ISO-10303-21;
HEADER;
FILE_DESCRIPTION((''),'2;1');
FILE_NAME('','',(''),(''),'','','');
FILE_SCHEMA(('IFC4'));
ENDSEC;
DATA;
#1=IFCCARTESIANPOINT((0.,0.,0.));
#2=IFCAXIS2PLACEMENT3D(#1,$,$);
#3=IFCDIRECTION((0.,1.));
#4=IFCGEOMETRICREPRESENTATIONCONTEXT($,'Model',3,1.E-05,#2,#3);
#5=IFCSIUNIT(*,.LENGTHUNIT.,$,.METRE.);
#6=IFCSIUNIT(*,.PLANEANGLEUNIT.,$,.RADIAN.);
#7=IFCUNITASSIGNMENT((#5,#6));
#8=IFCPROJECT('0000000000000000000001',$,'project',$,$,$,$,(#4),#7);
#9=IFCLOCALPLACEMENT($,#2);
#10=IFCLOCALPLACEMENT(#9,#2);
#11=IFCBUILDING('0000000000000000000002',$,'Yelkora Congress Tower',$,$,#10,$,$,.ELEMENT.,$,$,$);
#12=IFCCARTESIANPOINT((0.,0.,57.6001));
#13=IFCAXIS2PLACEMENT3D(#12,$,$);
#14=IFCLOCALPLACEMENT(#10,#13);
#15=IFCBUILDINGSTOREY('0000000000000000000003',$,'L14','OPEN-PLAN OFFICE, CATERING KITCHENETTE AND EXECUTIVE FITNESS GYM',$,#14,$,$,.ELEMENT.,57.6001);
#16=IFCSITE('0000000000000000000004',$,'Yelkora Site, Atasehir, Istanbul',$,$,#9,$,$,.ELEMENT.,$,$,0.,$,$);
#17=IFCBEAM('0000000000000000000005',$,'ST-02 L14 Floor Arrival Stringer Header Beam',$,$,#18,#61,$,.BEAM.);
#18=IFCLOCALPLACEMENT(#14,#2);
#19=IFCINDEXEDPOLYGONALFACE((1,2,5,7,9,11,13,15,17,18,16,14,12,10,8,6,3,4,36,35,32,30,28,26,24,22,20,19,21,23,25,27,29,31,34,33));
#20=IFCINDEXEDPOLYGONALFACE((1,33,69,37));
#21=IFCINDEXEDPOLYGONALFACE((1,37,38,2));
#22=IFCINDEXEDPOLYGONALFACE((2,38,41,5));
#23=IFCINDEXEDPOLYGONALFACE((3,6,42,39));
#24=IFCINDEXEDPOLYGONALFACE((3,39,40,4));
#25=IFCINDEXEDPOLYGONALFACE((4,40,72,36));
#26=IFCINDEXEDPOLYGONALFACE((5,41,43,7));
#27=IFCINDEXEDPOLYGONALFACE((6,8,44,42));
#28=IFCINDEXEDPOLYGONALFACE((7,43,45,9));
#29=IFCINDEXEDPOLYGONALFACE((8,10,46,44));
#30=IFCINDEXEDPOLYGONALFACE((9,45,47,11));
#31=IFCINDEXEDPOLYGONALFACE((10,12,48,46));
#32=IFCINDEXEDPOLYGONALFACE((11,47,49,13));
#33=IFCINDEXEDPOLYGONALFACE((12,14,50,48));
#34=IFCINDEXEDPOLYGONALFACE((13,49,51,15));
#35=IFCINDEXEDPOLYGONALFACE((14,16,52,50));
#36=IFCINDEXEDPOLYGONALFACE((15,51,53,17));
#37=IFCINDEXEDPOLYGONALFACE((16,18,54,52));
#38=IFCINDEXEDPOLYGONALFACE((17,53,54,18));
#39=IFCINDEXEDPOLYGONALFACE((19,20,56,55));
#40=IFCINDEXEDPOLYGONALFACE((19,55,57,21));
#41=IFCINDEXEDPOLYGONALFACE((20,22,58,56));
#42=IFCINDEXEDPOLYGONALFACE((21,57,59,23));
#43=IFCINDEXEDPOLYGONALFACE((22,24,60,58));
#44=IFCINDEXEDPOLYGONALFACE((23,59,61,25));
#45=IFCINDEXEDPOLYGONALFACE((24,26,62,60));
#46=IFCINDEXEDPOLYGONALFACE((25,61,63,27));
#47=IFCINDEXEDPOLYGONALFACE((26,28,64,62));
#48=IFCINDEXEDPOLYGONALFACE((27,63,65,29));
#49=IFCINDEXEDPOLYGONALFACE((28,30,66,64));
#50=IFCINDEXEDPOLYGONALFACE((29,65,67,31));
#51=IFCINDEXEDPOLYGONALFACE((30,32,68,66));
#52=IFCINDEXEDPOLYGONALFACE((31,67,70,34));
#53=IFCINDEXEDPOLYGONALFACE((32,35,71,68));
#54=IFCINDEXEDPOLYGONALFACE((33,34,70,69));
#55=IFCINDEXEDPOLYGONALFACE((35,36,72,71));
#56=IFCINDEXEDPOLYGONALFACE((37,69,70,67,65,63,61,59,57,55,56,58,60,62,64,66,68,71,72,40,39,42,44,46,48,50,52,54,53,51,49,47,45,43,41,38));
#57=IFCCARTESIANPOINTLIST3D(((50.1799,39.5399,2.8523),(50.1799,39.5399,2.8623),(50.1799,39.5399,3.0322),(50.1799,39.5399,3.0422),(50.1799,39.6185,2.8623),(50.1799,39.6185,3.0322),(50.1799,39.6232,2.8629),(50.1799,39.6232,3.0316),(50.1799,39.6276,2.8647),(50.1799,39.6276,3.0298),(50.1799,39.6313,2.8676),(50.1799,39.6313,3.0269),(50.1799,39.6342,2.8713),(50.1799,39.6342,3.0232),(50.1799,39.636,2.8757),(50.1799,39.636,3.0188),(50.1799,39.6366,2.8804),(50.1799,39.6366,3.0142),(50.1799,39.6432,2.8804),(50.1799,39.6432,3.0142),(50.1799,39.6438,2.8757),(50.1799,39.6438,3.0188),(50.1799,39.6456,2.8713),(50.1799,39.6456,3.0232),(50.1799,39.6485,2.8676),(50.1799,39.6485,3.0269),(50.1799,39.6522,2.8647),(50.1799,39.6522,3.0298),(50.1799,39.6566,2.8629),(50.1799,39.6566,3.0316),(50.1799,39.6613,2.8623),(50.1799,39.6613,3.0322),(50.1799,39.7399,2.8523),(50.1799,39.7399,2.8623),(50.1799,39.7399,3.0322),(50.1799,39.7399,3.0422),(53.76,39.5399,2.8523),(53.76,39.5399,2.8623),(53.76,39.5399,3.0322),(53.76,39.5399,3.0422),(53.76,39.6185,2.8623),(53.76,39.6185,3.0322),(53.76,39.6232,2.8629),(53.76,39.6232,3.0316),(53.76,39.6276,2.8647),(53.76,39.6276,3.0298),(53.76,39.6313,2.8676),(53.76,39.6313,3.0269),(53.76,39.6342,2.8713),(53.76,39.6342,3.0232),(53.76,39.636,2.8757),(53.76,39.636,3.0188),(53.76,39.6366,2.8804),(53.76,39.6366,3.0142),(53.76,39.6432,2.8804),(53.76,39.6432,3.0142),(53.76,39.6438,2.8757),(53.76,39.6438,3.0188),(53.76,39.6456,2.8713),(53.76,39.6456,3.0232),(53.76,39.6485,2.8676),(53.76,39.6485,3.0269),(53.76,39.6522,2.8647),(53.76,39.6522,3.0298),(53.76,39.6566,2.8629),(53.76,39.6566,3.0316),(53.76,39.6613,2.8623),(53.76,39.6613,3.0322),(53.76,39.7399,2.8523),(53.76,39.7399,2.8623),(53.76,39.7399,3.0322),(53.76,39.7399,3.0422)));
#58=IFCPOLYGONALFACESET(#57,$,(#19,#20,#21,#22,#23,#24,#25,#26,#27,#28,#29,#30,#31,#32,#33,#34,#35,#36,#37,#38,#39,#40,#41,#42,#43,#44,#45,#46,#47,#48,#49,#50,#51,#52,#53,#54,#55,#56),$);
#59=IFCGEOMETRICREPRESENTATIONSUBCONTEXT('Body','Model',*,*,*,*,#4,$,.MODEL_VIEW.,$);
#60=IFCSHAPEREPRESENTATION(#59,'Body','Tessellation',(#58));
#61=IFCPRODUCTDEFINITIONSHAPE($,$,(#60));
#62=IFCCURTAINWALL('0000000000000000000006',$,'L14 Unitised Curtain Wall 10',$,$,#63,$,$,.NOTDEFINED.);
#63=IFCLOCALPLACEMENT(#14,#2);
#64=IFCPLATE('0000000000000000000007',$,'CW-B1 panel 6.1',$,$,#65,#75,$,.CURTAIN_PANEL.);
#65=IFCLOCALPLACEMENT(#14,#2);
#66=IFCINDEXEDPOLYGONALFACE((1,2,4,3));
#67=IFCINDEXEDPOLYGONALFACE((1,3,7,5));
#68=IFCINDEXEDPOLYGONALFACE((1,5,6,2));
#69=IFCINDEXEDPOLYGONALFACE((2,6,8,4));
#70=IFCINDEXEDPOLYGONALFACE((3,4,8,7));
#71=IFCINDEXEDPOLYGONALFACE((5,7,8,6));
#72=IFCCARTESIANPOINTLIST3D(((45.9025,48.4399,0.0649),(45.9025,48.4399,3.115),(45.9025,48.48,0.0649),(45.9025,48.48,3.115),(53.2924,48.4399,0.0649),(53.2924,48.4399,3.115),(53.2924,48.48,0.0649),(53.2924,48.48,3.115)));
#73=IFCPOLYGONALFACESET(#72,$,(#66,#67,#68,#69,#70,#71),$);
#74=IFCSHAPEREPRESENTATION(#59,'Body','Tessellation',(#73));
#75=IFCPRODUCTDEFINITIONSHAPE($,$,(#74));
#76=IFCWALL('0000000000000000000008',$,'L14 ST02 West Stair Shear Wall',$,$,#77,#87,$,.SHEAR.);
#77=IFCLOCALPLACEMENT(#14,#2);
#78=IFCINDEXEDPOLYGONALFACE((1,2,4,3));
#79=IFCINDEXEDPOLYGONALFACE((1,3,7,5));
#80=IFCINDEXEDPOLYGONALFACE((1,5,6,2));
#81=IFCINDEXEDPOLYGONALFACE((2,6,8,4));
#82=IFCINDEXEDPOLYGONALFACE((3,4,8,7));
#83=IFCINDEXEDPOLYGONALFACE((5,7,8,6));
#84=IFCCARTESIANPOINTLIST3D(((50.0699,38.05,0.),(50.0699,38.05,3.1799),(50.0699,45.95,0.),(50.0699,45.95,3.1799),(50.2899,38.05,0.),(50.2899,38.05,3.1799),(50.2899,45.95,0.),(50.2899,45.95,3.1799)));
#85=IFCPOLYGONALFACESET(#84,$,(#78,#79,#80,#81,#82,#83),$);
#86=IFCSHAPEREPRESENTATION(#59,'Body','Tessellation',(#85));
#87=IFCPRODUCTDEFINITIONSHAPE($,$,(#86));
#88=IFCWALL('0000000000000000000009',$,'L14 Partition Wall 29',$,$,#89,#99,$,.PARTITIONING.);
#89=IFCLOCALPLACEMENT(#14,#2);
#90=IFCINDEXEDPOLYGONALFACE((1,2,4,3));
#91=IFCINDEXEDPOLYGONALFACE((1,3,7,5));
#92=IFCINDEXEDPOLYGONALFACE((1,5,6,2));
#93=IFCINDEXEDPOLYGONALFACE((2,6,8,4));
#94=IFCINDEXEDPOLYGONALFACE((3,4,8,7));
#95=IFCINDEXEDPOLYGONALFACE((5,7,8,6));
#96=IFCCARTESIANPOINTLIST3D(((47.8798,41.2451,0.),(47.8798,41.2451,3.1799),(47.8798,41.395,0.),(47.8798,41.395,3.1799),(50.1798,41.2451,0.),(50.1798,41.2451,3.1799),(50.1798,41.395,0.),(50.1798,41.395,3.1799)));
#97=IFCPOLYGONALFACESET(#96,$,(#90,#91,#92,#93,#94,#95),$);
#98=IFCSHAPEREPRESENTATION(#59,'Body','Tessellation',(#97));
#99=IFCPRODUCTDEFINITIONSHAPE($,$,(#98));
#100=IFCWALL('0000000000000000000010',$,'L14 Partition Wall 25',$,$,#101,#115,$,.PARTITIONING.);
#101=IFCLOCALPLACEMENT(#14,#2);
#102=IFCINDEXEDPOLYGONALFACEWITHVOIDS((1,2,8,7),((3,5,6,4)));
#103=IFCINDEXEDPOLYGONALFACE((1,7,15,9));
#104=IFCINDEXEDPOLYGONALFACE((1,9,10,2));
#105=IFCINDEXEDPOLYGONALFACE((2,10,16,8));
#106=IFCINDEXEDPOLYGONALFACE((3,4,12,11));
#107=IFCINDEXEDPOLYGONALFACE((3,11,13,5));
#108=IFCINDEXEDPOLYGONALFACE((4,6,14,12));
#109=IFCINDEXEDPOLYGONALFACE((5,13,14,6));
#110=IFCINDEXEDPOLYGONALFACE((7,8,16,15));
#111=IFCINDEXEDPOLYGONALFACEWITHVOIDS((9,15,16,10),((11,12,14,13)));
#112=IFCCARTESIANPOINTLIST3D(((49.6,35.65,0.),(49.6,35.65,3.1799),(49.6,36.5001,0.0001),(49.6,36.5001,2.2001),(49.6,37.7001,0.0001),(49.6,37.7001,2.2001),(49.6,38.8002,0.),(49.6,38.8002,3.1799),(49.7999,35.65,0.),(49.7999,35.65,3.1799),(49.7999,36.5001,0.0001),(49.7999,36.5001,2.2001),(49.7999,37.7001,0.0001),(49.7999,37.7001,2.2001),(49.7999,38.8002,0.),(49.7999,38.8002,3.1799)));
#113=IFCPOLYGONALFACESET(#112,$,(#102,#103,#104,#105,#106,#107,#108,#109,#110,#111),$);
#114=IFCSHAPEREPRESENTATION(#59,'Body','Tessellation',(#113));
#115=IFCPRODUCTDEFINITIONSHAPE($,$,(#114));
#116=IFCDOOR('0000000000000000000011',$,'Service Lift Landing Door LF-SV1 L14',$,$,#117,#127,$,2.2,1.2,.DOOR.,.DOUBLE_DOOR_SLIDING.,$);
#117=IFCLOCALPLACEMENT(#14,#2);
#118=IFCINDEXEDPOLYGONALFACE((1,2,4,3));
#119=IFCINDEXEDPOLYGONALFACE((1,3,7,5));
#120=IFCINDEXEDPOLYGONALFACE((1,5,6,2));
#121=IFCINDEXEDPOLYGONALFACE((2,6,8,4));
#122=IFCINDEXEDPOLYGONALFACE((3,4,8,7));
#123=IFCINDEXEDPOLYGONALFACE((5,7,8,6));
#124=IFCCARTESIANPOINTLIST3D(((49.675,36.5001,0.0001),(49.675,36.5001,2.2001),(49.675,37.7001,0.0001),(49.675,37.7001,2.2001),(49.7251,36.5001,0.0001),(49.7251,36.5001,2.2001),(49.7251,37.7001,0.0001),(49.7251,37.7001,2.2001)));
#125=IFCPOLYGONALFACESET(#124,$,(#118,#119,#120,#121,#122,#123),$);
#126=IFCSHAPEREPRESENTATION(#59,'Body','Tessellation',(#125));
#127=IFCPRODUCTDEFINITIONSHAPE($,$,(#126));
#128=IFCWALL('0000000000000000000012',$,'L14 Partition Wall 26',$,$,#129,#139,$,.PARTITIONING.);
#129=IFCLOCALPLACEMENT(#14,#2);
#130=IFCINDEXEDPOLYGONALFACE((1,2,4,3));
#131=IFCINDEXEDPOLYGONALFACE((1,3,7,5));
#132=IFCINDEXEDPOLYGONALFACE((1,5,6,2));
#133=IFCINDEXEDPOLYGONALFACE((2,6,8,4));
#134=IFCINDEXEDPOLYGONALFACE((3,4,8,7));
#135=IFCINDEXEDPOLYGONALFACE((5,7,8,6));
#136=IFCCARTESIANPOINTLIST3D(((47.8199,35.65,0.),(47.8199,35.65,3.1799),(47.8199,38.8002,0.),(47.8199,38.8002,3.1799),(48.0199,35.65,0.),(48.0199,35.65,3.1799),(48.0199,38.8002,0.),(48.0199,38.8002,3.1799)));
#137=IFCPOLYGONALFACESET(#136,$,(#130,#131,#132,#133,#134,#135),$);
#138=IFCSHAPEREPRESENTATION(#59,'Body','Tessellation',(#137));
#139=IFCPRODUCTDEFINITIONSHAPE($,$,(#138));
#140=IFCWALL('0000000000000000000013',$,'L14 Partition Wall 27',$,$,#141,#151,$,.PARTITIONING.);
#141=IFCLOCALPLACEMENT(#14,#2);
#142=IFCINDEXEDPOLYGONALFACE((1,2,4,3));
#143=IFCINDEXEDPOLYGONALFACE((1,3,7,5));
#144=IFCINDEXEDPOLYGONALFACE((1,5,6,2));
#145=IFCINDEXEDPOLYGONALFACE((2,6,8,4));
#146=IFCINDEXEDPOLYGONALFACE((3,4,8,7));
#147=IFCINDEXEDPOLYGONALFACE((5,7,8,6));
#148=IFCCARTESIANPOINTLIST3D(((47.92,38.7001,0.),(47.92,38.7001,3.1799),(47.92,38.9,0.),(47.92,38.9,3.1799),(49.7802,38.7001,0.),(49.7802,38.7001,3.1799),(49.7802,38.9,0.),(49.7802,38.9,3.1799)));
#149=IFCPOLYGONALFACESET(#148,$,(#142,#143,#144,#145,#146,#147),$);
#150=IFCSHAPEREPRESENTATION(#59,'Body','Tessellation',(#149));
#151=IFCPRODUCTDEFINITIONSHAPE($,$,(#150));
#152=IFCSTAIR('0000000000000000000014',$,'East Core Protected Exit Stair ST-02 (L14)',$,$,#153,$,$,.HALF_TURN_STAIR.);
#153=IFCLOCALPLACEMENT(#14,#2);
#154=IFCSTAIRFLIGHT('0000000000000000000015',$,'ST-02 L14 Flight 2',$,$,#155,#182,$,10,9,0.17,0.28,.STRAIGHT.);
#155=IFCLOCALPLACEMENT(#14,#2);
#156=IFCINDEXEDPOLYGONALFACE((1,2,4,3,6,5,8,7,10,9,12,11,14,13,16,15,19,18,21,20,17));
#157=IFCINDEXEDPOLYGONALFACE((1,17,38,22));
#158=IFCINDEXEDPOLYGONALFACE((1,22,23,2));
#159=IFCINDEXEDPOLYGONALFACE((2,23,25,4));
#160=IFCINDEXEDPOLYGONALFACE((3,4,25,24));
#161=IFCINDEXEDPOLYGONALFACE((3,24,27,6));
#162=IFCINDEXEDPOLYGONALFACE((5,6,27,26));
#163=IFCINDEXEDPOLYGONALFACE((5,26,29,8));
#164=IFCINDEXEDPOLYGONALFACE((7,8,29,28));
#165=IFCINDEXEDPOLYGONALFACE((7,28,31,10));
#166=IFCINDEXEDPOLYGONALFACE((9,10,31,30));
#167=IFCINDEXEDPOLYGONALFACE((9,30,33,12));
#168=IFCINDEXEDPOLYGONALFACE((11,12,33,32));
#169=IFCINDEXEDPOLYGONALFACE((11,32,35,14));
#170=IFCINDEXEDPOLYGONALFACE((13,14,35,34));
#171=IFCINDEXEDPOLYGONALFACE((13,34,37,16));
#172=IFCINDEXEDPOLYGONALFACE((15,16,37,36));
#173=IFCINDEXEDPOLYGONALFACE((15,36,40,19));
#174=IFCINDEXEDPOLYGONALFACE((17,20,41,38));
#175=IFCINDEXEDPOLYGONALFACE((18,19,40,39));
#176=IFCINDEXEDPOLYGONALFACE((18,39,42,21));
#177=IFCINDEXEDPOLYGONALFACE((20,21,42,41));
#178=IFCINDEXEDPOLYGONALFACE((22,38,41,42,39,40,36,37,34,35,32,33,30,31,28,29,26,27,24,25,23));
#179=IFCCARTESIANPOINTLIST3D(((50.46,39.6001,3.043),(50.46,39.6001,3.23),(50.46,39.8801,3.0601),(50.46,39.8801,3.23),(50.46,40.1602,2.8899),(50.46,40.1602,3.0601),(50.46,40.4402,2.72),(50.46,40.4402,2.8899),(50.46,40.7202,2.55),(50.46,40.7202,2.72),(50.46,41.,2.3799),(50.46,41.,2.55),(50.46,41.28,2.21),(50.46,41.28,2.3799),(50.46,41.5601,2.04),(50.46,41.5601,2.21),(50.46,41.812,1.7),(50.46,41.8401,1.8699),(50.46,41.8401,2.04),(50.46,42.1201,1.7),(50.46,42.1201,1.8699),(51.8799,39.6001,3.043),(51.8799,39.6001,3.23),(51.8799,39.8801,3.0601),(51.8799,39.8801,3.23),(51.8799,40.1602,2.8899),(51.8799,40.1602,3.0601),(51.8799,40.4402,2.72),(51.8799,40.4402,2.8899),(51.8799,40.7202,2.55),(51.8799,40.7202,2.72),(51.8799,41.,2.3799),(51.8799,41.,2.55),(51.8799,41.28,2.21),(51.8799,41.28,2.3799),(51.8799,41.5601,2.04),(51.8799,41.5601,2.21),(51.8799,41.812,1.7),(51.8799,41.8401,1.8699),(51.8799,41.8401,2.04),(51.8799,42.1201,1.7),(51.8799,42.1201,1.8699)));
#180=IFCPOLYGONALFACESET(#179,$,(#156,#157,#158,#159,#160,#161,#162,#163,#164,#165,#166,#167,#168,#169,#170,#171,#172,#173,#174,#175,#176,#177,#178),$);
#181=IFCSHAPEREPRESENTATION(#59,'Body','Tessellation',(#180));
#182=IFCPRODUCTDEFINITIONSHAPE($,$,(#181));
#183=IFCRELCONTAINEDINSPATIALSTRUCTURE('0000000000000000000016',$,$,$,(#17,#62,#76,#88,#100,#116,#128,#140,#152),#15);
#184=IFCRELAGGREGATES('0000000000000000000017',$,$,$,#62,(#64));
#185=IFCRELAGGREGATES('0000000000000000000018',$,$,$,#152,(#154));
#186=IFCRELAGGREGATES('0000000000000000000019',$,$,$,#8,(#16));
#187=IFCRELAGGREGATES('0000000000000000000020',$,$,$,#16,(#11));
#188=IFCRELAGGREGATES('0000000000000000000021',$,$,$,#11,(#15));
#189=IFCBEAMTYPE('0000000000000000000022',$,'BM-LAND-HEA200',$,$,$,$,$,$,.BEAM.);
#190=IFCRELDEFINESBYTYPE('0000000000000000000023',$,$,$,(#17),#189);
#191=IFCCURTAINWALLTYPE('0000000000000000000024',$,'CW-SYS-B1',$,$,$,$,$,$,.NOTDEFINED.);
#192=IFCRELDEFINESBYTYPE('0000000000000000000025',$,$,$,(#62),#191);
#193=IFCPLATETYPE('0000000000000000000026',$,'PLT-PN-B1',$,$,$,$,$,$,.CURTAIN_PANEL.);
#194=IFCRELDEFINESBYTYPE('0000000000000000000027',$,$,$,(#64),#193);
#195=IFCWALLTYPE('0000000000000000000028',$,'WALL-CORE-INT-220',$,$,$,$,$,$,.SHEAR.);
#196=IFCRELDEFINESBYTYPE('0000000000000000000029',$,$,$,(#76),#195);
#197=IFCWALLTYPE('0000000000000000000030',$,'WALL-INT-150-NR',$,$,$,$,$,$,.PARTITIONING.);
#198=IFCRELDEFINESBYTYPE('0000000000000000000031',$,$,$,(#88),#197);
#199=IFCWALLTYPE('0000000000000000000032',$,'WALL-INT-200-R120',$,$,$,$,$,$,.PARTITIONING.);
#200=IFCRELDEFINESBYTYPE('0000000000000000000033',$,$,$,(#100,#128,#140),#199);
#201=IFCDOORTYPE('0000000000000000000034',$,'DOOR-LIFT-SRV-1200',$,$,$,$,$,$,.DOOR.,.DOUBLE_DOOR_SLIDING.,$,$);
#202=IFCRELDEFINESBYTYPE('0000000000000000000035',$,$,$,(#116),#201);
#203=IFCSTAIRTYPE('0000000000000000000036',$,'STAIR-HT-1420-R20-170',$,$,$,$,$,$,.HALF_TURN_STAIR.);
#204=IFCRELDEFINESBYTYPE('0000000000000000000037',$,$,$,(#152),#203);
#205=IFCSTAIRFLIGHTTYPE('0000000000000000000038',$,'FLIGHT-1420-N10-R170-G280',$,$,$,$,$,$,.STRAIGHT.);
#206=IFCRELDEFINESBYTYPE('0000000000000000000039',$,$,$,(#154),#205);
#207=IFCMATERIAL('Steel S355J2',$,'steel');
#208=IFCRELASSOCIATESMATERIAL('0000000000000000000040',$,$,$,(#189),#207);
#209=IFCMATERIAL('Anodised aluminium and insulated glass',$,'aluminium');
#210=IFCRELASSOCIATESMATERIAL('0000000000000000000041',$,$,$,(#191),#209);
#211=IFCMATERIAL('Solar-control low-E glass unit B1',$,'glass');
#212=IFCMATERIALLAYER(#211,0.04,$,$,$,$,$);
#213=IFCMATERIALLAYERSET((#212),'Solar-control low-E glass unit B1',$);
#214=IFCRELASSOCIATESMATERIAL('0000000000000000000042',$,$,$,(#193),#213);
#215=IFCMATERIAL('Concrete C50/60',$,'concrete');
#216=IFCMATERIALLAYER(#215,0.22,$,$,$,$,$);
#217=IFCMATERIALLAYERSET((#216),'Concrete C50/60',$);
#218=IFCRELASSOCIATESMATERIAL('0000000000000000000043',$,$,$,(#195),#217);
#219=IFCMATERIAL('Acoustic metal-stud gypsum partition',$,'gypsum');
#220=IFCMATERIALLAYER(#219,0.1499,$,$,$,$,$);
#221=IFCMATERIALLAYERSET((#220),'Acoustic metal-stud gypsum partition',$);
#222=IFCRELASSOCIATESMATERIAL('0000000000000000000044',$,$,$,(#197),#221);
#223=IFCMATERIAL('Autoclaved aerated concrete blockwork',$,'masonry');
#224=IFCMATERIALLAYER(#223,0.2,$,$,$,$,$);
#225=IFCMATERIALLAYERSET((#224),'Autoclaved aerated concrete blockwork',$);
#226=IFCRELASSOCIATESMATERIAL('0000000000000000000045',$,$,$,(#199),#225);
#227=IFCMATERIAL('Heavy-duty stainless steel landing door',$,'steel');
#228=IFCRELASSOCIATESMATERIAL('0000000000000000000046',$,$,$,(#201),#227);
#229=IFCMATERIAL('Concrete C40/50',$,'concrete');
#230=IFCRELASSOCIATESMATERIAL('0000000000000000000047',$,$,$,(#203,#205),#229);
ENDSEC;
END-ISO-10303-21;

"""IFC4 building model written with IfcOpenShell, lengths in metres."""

from ifc_helpers import new_model, si_unit, direction, frame, frame_2d, origin, origin_2d, place, context, subcontext, project, spatial, polyline, rectangle, i_section, outline, extrude, material, layer, layer_set, material_profile, profile_set, type_object, element, fill, aggregate, save


model = new_model("IFC4")

# Units and contexts
model_context = context("Model", 3, precision=1e-05, world=origin(), true_north=direction((0.0, 1.0)))
body_context = subcontext(model_context, "Body", "Model", "MODEL_VIEW")
ifc_project = project(units=[si_unit("LENGTHUNIT", "METRE"), si_unit("PLANEANGLEUNIT", "RADIAN")], contexts=[model_context])

# Site, building, storey
site_placement = place(None, origin())
site = spatial("IfcSite", under=ifc_project, at=site_placement, Name="Yelkora Site, Atasehir, Istanbul", CompositionType="ELEMENT", RefElevation=0.0)
building_placement = place(site_placement, origin())
building = spatial("IfcBuilding", under=site, at=building_placement, Name="Yelkora Congress Tower", CompositionType="ELEMENT")
storey_placement = place(building_placement, frame((0.0, 0.0, 57.6001)))
storey = spatial("IfcBuildingStorey", under=building, at=storey_placement, Name="L14", Description="OPEN-PLAN OFFICE, CATERING KITCHENETTE AND EXECUTIVE FITNESS GYM", CompositionType="ELEMENT", Elevation=57.6001)

# Beam
ifc_material_1 = material(Name="Steel S355J2", Category="steel")
ifc_material_profile_1 = material_profile(ifc_material_1, i_section(OverallWidth=0.2, OverallDepth=0.1899, WebThickness=0.0066, FlangeThickness=0.01, FilletRadius=0.0181, at=origin_2d()), Name="HEA 200")
ifc_profile_set_1 = profile_set([ifc_material_profile_1], Name="Steel S355J2")
beam_type = type_object("IfcBeamType", Name="BM-LAND-HEA200", PredefinedType="BEAM", material=ifc_profile_set_1)
beam_1_placement = place(storey_placement, frame((50.1799, 39.6399, 2.9473), z_axis=(1.0, 0.0, 0.0), x_axis=(0.0, 1.0, 0.0)))
element("IfcBeam", 1, at=beam_1_placement, inside=storey, type_object=beam_type, Name="ST-02 L14 Floor Arrival Stringer Header Beam", PredefinedType="BEAM", context=body_context, shape_type="SweptSolid", body=[
    extrude(i_section(OverallWidth=0.2, OverallDepth=0.1899, WebThickness=0.0066, FlangeThickness=0.01, FilletRadius=0.0181, at=origin_2d()), origin(), (0.0, 0.0, 1.0), 3.5801),
])

# Curtain wall, plate
ifc_material_2 = material(Name="Anodised aluminium and insulated glass", Category="aluminium")
curtain_wall_type = type_object("IfcCurtainWallType", Name="CW-SYS-B1", PredefinedType="NOTDEFINED", material=ifc_material_2)
curtain_wall_placement = place(storey_placement, origin())
curtain_wall = element("IfcCurtainWall", 2, at=curtain_wall_placement, inside=storey, type_object=curtain_wall_type, Name="L14 Unitised Curtain Wall 10", PredefinedType="NOTDEFINED")
ifc_material_3 = material(Name="Solar-control low-E glass unit B1", Category="glass")
ifc_layer_1 = layer(ifc_material_3, 0.04)
ifc_layer_set_1 = layer_set([ifc_layer_1], Name="Solar-control low-E glass unit B1")
plate_type = type_object("IfcPlateType", Name="PLT-PN-B1", PredefinedType="CURTAIN_PANEL", material=ifc_layer_set_1)
plate_placement = place(storey_placement, frame((49.5974, 48.46, 0.0649), z_axis=(0.0, 0.0, 1.0), x_axis=(1.0, 0.0, 0.0)))
plate = element("IfcPlate", 3, at=plate_placement, type_object=plate_type, Name="CW-B1 panel 6.1", PredefinedType="CURTAIN_PANEL", context=body_context, shape_type="SweptSolid", body=[
    extrude(rectangle(XDim=7.3899, YDim=0.04, at=origin_2d()), origin(), (0.0, 0.0, 1.0), 3.05),
])
aggregate(curtain_wall, [plate])

# Walls
ifc_material_4 = material(Name="Concrete C50/60", Category="concrete")
ifc_layer_2 = layer(ifc_material_4, 0.22)
ifc_layer_set_2 = layer_set([ifc_layer_2], Name="Concrete C50/60")
wall_type_1 = type_object("IfcWallType", Name="WALL-CORE-INT-220", PredefinedType="SHEAR", material=ifc_layer_set_2)
wall_1_placement = place(storey_placement, frame((50.1799, 38.05, 0.0), z_axis=(0.0, 0.0, 1.0), x_axis=(0.0, 1.0, 0.0)))
element("IfcWall", 4, at=wall_1_placement, inside=storey, type_object=wall_type_1, Name="L14 ST02 West Stair Shear Wall", PredefinedType="SHEAR", context=body_context, shape_type="SweptSolid", body=[
    extrude(rectangle(XDim=7.8999, YDim=0.22, at=frame_2d((3.95, 0.0))), origin(), (0.0, 0.0, 1.0), 3.1799),
])
ifc_material_5 = material(Name="Acoustic metal-stud gypsum partition", Category="gypsum")
ifc_layer_3 = layer(ifc_material_5, 0.1499)
ifc_layer_set_3 = layer_set([ifc_layer_3], Name="Acoustic metal-stud gypsum partition")
wall_type_2 = type_object("IfcWallType", Name="WALL-INT-150-NR", PredefinedType="PARTITIONING", material=ifc_layer_set_3)
wall_2_placement = place(storey_placement, frame((47.8799, 41.3201, 0.0), z_axis=(0.0, 0.0, 1.0), x_axis=(1.0, 0.0, 0.0)))
element("IfcWall", 5, at=wall_2_placement, inside=storey, type_object=wall_type_2, Name="L14 Partition Wall 29", PredefinedType="PARTITIONING", context=body_context, shape_type="SweptSolid", body=[
    extrude(rectangle(XDim=2.3, YDim=0.1499, at=frame_2d((1.1499, 0.0))), origin(), (0.0, 0.0, 1.0), 3.1799),
])

# Wall, opening, door
ifc_material_6 = material(Name="Autoclaved aerated concrete blockwork", Category="masonry")
ifc_layer_4 = layer(ifc_material_6, 0.2)
ifc_layer_set_4 = layer_set([ifc_layer_4], Name="Autoclaved aerated concrete blockwork")
wall_type_3 = type_object("IfcWallType", Name="WALL-INT-200-R120", PredefinedType="PARTITIONING", material=ifc_layer_set_4)
wall_3_placement = place(storey_placement, frame((49.7, 35.6499, 0.0), z_axis=(0.0, 0.0, 1.0), x_axis=(0.0, 1.0, 0.0)))
wall_3 = element("IfcWall", 6, at=wall_3_placement, inside=storey, type_object=wall_type_3, Name="L14 Partition Wall 25", PredefinedType="PARTITIONING", context=body_context, shape_type="SweptSolid", body=[
    extrude(rectangle(XDim=3.1501, YDim=0.2, at=frame_2d((1.5752, 0.0))), origin(), (0.0, 0.0, 1.0), 3.1799),
])
opening_1_placement = place(wall_3_placement, frame((0.8501, 0.0, 0.0)))
opening_1 = element("IfcOpeningElement", 7, at=opening_1_placement, cuts=wall_3, PredefinedType="OPENING", context=body_context, shape_type="SweptSolid", body=[
    extrude(rectangle(XDim=1.2, YDim=2.2, at=frame_2d((0.6001, 1.1001))), frame((0.0, 0.1099, 0.0), z_axis=(0.0, -1.0, 0.0), x_axis=(1.0, 0.0, 0.0)), (0.0, 0.0, 1.0), 0.22),
])
ifc_material_7 = material(Name="Heavy-duty stainless steel landing door", Category="steel")
door_type_1 = type_object("IfcDoorType", Name="DOOR-LIFT-SRV-1200", OperationType="DOUBLE_DOOR_SLIDING", PredefinedType="DOOR", material=ifc_material_7)
door_1_placement = place(opening_1_placement, origin())
door_1 = element("IfcDoor", 8, at=door_1_placement, inside=storey, type_object=door_type_1, Name="Service Lift Landing Door LF-SV1 L14", OperationType="DOUBLE_DOOR_SLIDING", OverallHeight=2.2, OverallWidth=1.2, PredefinedType="DOOR", context=body_context, shape_type="SweptSolid", body=[
    extrude(rectangle(XDim=1.2, YDim=2.2, at=frame_2d((0.6001, 1.1001))), frame((0.0, 0.0249, 0.0), z_axis=(0.0, -1.0, 0.0), x_axis=(1.0, 0.0, 0.0)), (0.0, 0.0, 1.0), 0.05),
])
fill(opening_1, door_1)

# Walls
wall_4_placement = place(storey_placement, frame((47.9199, 35.6499, 0.0), z_axis=(0.0, 0.0, 1.0), x_axis=(0.0, 1.0, 0.0)))
element("IfcWall", 9, at=wall_4_placement, inside=storey, type_object=wall_type_3, Name="L14 Partition Wall 26", PredefinedType="PARTITIONING", context=body_context, shape_type="SweptSolid", body=[
    extrude(rectangle(XDim=3.1501, YDim=0.2, at=frame_2d((1.5752, 0.0))), origin(), (0.0, 0.0, 1.0), 3.1799),
])
wall_5_placement = place(storey_placement, frame((47.9199, 38.8, 0.0), z_axis=(0.0, 0.0, 1.0), x_axis=(1.0, 0.0, 0.0)))
element("IfcWall", 10, at=wall_5_placement, inside=storey, type_object=wall_type_3, Name="L14 Partition Wall 27", PredefinedType="PARTITIONING", context=body_context, shape_type="SweptSolid", body=[
    extrude(rectangle(XDim=1.8601, YDim=0.2, at=frame_2d((0.9302, 0.0))), origin(), (0.0, 0.0, 1.0), 3.1799),
])

# Stair, stair flight
ifc_material_8 = material(Name="Concrete C40/50", Category="concrete")
stair_type = type_object("IfcStairType", Name="STAIR-HT-1420-R20-170", PredefinedType="HALF_TURN_STAIR", material=ifc_material_8)
stair_placement = place(storey_placement, origin())
stair = element("IfcStair", 11, at=stair_placement, inside=storey, type_object=stair_type, Name="East Core Protected Exit Stair ST-02 (L14)", PredefinedType="HALF_TURN_STAIR")
stair_flight_type = type_object("IfcStairFlightType", Name="FLIGHT-1420-N10-R170-G280", PredefinedType="STRAIGHT", material=ifc_material_8)
stair_flight_placement = place(storey_placement, frame((51.1699, 42.1201, 1.7), z_axis=(0.0, 0.0, 1.0), x_axis=(0.0, -1.0, 0.0)))
stair_flight = element("IfcStairFlight", 12, at=stair_flight_placement, type_object=stair_flight_type, Name="ST-02 L14 Flight 2", NumberOfRisers=10, NumberOfTreads=9, PredefinedType="STRAIGHT", RiserHeight=0.17, TreadLength=0.28, context=body_context, shape_type="SweptSolid", body=[
    extrude(outline(polyline([(0.0, 0.0), (0.0, 0.1699), (0.28, 0.1699), (0.28, 0.3401), (0.5601, 0.3401), (0.5601, 0.51), (0.8401, 0.51), (0.8401, 0.6799), (1.1201, 0.6799), (1.1201, 0.8501), (1.3999, 0.8501), (1.3999, 1.02), (1.6799, 1.02), (1.6799, 1.1899), (1.96, 1.1899), (1.96, 1.3601), (2.24, 1.3601), (2.24, 1.53), (2.52, 1.53), (2.52, 1.7), (2.52, 1.343), (0.3081, 0.0), (0.0, 0.0)])), frame((0.0, 0.71, 0.0), z_axis=(0.0, -1.0, 0.0), x_axis=(1.0, 0.0, 0.0)), (0.0, 0.0, 1.0), 1.4199),
])
aggregate(stair, [stair_flight])

save(model, "model.ifc")
